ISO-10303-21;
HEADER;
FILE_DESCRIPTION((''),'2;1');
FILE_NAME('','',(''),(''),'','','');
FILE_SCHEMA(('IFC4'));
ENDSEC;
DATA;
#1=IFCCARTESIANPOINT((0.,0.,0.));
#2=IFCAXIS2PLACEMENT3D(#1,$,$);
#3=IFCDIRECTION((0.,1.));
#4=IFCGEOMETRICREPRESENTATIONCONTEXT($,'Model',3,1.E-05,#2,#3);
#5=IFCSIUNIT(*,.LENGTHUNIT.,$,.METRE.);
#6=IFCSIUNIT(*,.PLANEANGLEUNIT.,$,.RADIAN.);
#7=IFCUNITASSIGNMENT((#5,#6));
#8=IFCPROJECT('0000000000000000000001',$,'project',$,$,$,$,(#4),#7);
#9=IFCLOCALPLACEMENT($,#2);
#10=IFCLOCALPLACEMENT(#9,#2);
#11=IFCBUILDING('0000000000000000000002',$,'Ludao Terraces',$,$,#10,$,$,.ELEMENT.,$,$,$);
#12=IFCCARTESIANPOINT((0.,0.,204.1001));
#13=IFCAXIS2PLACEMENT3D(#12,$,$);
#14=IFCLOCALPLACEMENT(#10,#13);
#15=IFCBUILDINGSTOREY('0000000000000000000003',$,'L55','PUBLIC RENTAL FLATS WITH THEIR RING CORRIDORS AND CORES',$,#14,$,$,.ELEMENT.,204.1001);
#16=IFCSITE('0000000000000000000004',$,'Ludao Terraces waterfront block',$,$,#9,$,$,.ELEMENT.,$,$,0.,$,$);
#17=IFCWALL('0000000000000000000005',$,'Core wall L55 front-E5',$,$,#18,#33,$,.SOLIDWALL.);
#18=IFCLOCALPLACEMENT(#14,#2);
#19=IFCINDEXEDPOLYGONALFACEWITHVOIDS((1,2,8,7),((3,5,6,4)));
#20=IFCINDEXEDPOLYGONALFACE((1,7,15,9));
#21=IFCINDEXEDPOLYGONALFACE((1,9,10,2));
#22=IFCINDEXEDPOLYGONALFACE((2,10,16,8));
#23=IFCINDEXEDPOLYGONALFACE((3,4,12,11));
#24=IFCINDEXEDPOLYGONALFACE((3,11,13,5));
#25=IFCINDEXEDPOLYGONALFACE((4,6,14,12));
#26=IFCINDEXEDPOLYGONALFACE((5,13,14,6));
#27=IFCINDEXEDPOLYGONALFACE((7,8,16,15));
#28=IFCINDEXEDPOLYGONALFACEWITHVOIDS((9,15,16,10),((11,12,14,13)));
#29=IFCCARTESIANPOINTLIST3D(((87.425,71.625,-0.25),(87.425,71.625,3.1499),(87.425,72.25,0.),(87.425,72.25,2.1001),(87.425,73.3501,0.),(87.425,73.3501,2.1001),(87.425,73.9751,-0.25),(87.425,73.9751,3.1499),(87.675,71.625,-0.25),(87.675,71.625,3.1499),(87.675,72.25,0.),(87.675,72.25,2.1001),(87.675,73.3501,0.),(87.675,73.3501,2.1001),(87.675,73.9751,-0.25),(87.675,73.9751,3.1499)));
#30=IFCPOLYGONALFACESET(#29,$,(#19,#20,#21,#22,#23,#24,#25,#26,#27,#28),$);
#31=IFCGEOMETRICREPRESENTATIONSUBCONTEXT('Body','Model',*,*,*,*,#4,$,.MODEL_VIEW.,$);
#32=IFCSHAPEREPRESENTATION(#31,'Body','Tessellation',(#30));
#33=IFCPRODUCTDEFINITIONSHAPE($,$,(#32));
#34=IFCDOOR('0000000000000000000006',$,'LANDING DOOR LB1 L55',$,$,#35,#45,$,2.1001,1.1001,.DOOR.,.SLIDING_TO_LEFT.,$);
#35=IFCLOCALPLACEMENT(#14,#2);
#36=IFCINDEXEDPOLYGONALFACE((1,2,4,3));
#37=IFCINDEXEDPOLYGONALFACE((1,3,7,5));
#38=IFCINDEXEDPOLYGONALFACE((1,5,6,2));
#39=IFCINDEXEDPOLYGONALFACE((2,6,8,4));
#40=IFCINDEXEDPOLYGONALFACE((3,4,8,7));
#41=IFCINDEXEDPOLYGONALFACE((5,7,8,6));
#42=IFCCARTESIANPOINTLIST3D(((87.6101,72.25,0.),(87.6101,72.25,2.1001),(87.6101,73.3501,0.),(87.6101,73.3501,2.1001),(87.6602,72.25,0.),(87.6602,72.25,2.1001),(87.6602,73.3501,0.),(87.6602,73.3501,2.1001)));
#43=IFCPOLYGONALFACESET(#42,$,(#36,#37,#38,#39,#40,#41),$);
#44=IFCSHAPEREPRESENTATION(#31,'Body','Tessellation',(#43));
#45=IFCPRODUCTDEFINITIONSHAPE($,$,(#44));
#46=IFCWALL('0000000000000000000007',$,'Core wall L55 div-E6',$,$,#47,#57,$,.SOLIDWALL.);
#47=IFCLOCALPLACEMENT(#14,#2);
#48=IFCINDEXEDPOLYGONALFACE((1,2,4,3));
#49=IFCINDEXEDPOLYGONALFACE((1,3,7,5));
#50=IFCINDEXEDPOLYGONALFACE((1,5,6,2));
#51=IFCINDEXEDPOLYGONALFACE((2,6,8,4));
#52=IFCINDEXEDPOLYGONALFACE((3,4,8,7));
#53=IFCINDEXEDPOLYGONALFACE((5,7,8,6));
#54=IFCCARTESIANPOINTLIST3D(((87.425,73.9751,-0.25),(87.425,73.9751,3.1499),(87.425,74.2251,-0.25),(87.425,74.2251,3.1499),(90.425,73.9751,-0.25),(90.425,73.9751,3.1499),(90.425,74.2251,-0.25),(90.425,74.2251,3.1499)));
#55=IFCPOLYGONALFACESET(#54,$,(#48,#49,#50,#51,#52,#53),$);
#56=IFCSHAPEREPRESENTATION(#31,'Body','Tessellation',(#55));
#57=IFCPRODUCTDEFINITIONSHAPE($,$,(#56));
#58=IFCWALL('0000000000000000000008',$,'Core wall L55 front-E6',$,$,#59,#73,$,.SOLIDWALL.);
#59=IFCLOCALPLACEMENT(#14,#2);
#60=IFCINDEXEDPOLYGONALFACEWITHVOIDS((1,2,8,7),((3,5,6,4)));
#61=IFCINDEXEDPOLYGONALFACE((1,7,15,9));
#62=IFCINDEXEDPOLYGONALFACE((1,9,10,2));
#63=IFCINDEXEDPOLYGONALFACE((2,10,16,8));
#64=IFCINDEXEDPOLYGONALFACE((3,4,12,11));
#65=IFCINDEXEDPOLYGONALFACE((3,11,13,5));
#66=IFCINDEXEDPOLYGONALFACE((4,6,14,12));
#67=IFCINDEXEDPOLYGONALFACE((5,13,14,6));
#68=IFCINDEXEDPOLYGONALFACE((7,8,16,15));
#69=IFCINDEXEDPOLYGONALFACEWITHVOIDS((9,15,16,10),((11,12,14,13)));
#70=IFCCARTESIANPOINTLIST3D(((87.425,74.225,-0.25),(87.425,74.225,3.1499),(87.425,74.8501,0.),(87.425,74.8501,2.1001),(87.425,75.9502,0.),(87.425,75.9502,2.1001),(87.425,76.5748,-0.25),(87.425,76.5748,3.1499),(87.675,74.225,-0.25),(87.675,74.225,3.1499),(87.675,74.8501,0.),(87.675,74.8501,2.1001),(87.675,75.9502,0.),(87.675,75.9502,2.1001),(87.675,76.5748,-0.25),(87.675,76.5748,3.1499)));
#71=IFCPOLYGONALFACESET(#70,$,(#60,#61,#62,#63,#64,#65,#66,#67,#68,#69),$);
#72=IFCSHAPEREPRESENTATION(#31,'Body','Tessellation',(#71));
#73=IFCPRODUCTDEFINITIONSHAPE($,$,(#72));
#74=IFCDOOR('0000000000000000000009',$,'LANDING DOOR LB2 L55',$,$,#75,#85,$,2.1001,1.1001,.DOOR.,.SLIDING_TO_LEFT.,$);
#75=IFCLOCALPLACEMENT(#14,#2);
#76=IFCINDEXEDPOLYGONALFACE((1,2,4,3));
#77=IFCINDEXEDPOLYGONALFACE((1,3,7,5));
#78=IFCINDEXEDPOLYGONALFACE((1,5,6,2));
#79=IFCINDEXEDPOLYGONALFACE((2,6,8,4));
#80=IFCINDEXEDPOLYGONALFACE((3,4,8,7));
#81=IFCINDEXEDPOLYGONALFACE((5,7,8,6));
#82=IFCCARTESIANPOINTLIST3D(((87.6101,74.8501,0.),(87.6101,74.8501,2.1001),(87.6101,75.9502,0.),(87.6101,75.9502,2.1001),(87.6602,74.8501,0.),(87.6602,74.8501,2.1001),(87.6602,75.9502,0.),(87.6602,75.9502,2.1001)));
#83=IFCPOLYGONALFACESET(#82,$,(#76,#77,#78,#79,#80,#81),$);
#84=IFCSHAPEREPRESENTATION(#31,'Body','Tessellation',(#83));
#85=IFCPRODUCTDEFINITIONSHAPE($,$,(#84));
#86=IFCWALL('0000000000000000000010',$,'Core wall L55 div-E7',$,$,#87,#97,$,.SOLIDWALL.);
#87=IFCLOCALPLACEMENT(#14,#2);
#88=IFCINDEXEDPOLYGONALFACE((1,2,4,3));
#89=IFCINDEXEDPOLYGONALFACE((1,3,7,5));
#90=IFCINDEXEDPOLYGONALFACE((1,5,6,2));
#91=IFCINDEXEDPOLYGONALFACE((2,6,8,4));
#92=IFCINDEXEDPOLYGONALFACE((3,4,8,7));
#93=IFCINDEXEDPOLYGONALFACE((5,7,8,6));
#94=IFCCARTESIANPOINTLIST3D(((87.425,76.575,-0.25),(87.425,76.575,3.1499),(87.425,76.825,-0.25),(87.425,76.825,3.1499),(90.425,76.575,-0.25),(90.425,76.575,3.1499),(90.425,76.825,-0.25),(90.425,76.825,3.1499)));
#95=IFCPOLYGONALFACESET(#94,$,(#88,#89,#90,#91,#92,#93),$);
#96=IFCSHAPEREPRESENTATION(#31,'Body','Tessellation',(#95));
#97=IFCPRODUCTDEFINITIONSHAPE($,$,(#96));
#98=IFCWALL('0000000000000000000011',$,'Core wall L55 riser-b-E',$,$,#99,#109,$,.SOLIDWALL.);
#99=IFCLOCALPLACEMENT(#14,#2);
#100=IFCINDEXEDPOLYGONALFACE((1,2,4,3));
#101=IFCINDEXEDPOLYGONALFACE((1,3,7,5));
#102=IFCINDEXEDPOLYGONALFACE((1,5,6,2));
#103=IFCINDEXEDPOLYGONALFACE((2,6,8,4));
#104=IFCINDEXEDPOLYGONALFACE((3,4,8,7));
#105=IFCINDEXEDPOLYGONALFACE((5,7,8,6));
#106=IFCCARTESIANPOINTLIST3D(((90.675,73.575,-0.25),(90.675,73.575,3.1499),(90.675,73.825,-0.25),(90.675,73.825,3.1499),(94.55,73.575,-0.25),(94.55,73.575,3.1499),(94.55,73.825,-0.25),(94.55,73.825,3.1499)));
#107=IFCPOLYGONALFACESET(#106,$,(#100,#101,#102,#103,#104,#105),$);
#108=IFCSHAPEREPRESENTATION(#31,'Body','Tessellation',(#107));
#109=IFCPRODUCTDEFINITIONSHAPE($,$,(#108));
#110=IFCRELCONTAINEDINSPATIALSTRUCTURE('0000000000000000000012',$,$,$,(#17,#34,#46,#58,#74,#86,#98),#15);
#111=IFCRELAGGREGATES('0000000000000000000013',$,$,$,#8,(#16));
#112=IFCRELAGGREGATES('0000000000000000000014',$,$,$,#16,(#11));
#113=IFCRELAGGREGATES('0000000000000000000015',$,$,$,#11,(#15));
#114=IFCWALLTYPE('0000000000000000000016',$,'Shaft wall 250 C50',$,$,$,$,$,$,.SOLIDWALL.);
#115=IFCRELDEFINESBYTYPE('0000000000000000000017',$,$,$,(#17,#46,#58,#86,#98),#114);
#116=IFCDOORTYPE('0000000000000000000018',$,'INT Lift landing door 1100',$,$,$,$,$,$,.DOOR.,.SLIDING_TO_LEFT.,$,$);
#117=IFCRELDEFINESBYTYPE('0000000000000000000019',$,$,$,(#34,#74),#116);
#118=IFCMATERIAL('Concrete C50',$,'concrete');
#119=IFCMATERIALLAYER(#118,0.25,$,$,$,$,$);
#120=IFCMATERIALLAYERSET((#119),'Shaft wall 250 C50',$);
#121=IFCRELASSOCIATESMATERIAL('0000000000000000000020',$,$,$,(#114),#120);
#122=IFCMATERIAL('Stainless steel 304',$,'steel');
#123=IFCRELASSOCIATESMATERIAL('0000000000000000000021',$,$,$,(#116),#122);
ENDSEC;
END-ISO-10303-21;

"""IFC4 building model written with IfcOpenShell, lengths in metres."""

from ifc_helpers import new_model, si_unit, direction, frame, frame_2d, origin, place, context, subcontext, project, spatial, rectangle, extrude, material, layer, layer_set, type_object, element, fill, save


model = new_model("IFC4")

# Units and contexts
model_context = context("Model", 3, precision=1e-05, world=origin(), true_north=direction((0.0, 1.0)))
body_context = subcontext(model_context, "Body", "Model", "MODEL_VIEW")
ifc_project = project(units=[si_unit("LENGTHUNIT", "METRE"), si_unit("PLANEANGLEUNIT", "RADIAN")], contexts=[model_context])

# Site, building, storey
site_placement = place(None, origin())
site = spatial("IfcSite", under=ifc_project, at=site_placement, Name="Ludao Terraces waterfront block", CompositionType="ELEMENT", RefElevation=0.0)
building_placement = place(site_placement, origin())
building = spatial("IfcBuilding", under=site, at=building_placement, Name="Ludao Terraces", CompositionType="ELEMENT")
storey_placement = place(building_placement, frame((0.0, 0.0, 204.1001)))
storey = spatial("IfcBuildingStorey", under=building, at=storey_placement, Name="L55", Description="PUBLIC RENTAL FLATS WITH THEIR RING CORRIDORS AND CORES", CompositionType="ELEMENT", Elevation=204.1001)

# Shared definitions
ifc_material_1 = material(Name="Concrete C50", Category="concrete")
ifc_layer_1 = layer(ifc_material_1, 0.25)
ifc_layer_set_1 = layer_set([ifc_layer_1], Name="Shaft wall 250 C50")
wall_type_1 = type_object("IfcWallType", Name="Shaft wall 250 C50", PredefinedType="SOLIDWALL", material=ifc_layer_set_1)

# Wall, opening, door
wall_1_placement = place(storey_placement, frame((87.55, 71.625, -0.25), z_axis=(0.0, 0.0, 1.0), x_axis=(0.0, 1.0, 0.0)))
wall_1 = element("IfcWall", 1, at=wall_1_placement, inside=storey, type_object=wall_type_1, Name="Core wall L55 front-E5", PredefinedType="SOLIDWALL", context=body_context, shape_type="SweptSolid", body=[
    extrude(rectangle(XDim=2.3501, YDim=0.25, at=frame_2d((1.175, 0.0))), origin(), (0.0, 0.0, 1.0), 3.3999),
])
opening_1_placement = place(wall_1_placement, frame((0.625, 0.0, 0.25)))
opening_1 = element("IfcOpeningElement", 2, at=opening_1_placement, cuts=wall_1, PredefinedType="OPENING", context=body_context, shape_type="SweptSolid", body=[
    extrude(rectangle(XDim=1.1001, YDim=2.1001, at=frame_2d((0.55, 1.05))), frame((0.0, 0.135, 0.0), z_axis=(0.0, -1.0, 0.0), x_axis=(1.0, 0.0, 0.0)), (0.0, 0.0, 1.0), 0.27),
])
ifc_material_2 = material(Name="Stainless steel 304", Category="steel")
door_type_1 = type_object("IfcDoorType", Name="INT Lift landing door 1100", OperationType="SLIDING_TO_LEFT", PredefinedType="DOOR", material=ifc_material_2)
door_1_placement = place(opening_1_placement, origin())
door_1 = element("IfcDoor", 3, at=door_1_placement, inside=storey, type_object=door_type_1, Name="LANDING DOOR LB1 L55", OperationType="SLIDING_TO_LEFT", OverallHeight=2.1001, OverallWidth=1.1001, PredefinedType="DOOR", context=body_context, shape_type="SweptSolid", body=[
    extrude(rectangle(XDim=1.1001, YDim=2.1001, at=frame_2d((0.55, 1.05))), frame((0.0, -0.0601, 0.0), z_axis=(0.0, -1.0, 0.0), x_axis=(1.0, 0.0, 0.0)), (0.0, 0.0, 1.0), 0.05),
])
fill(opening_1, door_1)

# Wall
wall_2_placement = place(storey_placement, frame((87.425, 74.1001, -0.25), z_axis=(0.0, 0.0, 1.0), x_axis=(1.0, 0.0, 0.0)))
element("IfcWall", 4, at=wall_2_placement, inside=storey, type_object=wall_type_1, Name="Core wall L55 div-E6", PredefinedType="SOLIDWALL", context=body_context, shape_type="SweptSolid", body=[
    extrude(rectangle(XDim=3.0, YDim=0.25, at=frame_2d((1.5, 0.0))), origin(), (0.0, 0.0, 1.0), 3.3999),
])

# Wall, opening, door
wall_3_placement = place(storey_placement, frame((87.55, 74.2251, -0.25), z_axis=(0.0, 0.0, 1.0), x_axis=(0.0, 1.0, 0.0)))
wall_3 = element("IfcWall", 5, at=wall_3_placement, inside=storey, type_object=wall_type_1, Name="Core wall L55 front-E6", PredefinedType="SOLIDWALL", context=body_context, shape_type="SweptSolid", body=[
    extrude(rectangle(XDim=2.3499, YDim=0.25, at=frame_2d((1.1748, 0.0))), origin(), (0.0, 0.0, 1.0), 3.3999),
])
opening_2_placement = place(wall_3_placement, frame((0.625, 0.0, 0.25)))
opening_2 = element("IfcOpeningElement", 6, at=opening_2_placement, cuts=wall_3, PredefinedType="OPENING", context=body_context, shape_type="SweptSolid", body=[
    extrude(rectangle(XDim=1.1001, YDim=2.1001, at=frame_2d((0.55, 1.05))), frame((0.0, 0.135, 0.0), z_axis=(0.0, -1.0, 0.0), x_axis=(1.0, 0.0, 0.0)), (0.0, 0.0, 1.0), 0.27),
])
door_2_placement = place(opening_2_placement, origin())
door_2 = element("IfcDoor", 7, at=door_2_placement, inside=storey, type_object=door_type_1, Name="LANDING DOOR LB2 L55", OperationType="SLIDING_TO_LEFT", OverallHeight=2.1001, OverallWidth=1.1001, PredefinedType="DOOR", context=body_context, shape_type="SweptSolid", body=[
    extrude(rectangle(XDim=1.1001, YDim=2.1001, at=frame_2d((0.55, 1.05))), frame((0.0, -0.0601, 0.0), z_axis=(0.0, -1.0, 0.0), x_axis=(1.0, 0.0, 0.0)), (0.0, 0.0, 1.0), 0.05),
])
fill(opening_2, door_2)

# Walls
wall_4_placement = place(storey_placement, frame((87.425, 76.7, -0.25), z_axis=(0.0, 0.0, 1.0), x_axis=(1.0, 0.0, 0.0)))
element("IfcWall", 8, at=wall_4_placement, inside=storey, type_object=wall_type_1, Name="Core wall L55 div-E7", PredefinedType="SOLIDWALL", context=body_context, shape_type="SweptSolid", body=[
    extrude(rectangle(XDim=3.0, YDim=0.25, at=frame_2d((1.5, 0.0))), origin(), (0.0, 0.0, 1.0), 3.3999),
])
wall_5_placement = place(storey_placement, frame((90.675, 73.7, -0.25), z_axis=(0.0, 0.0, 1.0), x_axis=(1.0, 0.0, 0.0)))
element("IfcWall", 9, at=wall_5_placement, inside=storey, type_object=wall_type_1, Name="Core wall L55 riser-b-E", PredefinedType="SOLIDWALL", context=body_context, shape_type="SweptSolid", body=[
    extrude(rectangle(XDim=3.875, YDim=0.25, at=frame_2d((1.9375, 0.0))), origin(), (0.0, 0.0, 1.0), 3.3999),
])

save(model, "model.ifc")
